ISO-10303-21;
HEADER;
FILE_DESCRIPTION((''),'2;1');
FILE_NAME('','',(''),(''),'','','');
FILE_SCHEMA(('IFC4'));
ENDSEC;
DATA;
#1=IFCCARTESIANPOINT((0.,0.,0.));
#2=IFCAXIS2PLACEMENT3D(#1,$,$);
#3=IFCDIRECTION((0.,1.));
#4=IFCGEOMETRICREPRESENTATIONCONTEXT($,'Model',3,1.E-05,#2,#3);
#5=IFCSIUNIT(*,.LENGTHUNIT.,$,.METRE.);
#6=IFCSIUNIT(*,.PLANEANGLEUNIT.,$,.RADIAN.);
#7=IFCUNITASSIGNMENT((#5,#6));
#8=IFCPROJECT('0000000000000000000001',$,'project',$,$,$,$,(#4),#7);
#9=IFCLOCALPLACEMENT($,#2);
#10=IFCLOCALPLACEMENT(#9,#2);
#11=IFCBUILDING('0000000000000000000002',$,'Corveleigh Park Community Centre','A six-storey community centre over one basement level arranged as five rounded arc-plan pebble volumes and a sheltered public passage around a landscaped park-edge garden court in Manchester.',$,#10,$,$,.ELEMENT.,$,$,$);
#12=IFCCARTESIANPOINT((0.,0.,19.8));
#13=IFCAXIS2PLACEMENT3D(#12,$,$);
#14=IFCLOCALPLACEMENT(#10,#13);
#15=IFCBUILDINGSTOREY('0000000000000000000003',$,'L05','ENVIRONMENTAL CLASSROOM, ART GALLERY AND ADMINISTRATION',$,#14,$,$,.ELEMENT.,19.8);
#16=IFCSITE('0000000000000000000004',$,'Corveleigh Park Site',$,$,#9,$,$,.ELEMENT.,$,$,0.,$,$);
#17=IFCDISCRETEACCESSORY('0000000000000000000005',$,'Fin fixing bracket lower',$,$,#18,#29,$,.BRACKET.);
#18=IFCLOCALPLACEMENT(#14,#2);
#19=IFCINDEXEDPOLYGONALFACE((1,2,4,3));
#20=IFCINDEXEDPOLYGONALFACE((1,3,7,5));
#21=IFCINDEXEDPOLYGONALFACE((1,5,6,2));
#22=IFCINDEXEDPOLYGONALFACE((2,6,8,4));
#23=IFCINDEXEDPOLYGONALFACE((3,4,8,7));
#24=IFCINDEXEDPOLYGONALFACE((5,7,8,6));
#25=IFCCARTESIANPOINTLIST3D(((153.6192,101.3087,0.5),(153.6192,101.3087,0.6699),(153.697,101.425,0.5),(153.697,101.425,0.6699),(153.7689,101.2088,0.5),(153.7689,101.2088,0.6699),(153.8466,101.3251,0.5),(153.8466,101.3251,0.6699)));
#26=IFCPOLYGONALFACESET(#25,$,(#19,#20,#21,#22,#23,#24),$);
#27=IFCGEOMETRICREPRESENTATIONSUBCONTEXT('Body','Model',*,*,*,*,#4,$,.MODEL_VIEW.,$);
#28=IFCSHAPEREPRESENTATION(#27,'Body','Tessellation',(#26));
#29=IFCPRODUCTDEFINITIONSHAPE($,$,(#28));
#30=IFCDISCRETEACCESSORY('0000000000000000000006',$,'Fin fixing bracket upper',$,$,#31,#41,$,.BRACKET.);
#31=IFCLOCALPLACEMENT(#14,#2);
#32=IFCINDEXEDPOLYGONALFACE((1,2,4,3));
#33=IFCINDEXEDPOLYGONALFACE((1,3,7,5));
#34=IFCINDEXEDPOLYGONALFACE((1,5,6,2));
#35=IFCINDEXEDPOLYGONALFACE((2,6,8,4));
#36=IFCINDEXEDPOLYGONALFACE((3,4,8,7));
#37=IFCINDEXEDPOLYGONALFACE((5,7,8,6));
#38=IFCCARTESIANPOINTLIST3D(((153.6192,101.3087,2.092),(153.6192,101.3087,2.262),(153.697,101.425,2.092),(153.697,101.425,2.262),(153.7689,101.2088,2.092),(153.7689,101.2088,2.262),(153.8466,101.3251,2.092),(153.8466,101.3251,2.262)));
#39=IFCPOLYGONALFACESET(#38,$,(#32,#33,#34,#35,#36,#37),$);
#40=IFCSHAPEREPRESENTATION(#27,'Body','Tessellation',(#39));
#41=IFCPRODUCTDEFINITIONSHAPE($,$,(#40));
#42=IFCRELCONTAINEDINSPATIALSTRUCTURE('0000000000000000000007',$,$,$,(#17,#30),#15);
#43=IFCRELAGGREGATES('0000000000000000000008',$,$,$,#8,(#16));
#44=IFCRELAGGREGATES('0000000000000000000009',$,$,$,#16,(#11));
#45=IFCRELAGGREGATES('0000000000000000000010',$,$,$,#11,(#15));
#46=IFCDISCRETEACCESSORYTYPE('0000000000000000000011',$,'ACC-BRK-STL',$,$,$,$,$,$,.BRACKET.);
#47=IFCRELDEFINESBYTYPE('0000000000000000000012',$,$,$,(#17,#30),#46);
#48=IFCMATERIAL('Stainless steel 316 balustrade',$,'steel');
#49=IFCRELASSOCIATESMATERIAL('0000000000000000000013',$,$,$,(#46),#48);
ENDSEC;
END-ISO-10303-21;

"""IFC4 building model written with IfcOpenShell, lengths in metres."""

from ifc_helpers import new_model, si_unit, direction, frame, origin, origin_2d, place, context, subcontext, project, spatial, rectangle, extrude, material, type_object, element, save


model = new_model("IFC4")

# Units and contexts
model_context = context("Model", 3, precision=1e-05, world=origin(), true_north=direction((0.0, 1.0)))
body_context = subcontext(model_context, "Body", "Model", "MODEL_VIEW")
ifc_project = project(units=[si_unit("LENGTHUNIT", "METRE"), si_unit("PLANEANGLEUNIT", "RADIAN")], contexts=[model_context])

# Site, building, storey
site_placement = place(None, origin())
site = spatial("IfcSite", under=ifc_project, at=site_placement, Name="Corveleigh Park Site", CompositionType="ELEMENT", RefElevation=0.0)
building_placement = place(site_placement, origin())
building = spatial("IfcBuilding", under=site, at=building_placement, Name="Corveleigh Park Community Centre", Description="A six-storey community centre over one basement level arranged as five rounded arc-plan pebble volumes and a sheltered public passage around a landscaped park-edge garden court in Manchester.", CompositionType="ELEMENT")
storey_placement = place(building_placement, frame((0.0, 0.0, 19.8)))
storey = spatial("IfcBuildingStorey", under=building, at=storey_placement, Name="L05", Description="ENVIRONMENTAL CLASSROOM, ART GALLERY AND ADMINISTRATION", CompositionType="ELEMENT", Elevation=19.8)

# Discrete accessories
ifc_material_1 = material(Name="Stainless steel 316 balustrade", Category="steel")
discrete_accessory_type = type_object("IfcDiscreteAccessoryType", Name="ACC-BRK-STL", PredefinedType="BRACKET", material=ifc_material_1)
for number, where, z_axis, x_axis, name in (
    (1, (153.7329, 101.3169, 0.5), (0.0, 0.0, 1.0), (-0.831544, 0.555458, 0.0), "Fin fixing bracket lower"),
    (2, (153.7329, 101.3169, 2.092), (0.0, 0.0, 1.0), (-0.831544, 0.555458, 0.0), "Fin fixing bracket upper"),
):
    element("IfcDiscreteAccessory", number, at=place(storey_placement, frame(where, z_axis=z_axis, x_axis=x_axis)), inside=storey, type_object=discrete_accessory_type, Name=name, PredefinedType="BRACKET", context=body_context, shape_type="SweptSolid", body=[
        extrude(rectangle(XDim=0.1799, YDim=0.1399, at=origin_2d()), origin(), (0.0, 0.0, 1.0), 0.1699),
    ])

save(model, "model.ifc")
